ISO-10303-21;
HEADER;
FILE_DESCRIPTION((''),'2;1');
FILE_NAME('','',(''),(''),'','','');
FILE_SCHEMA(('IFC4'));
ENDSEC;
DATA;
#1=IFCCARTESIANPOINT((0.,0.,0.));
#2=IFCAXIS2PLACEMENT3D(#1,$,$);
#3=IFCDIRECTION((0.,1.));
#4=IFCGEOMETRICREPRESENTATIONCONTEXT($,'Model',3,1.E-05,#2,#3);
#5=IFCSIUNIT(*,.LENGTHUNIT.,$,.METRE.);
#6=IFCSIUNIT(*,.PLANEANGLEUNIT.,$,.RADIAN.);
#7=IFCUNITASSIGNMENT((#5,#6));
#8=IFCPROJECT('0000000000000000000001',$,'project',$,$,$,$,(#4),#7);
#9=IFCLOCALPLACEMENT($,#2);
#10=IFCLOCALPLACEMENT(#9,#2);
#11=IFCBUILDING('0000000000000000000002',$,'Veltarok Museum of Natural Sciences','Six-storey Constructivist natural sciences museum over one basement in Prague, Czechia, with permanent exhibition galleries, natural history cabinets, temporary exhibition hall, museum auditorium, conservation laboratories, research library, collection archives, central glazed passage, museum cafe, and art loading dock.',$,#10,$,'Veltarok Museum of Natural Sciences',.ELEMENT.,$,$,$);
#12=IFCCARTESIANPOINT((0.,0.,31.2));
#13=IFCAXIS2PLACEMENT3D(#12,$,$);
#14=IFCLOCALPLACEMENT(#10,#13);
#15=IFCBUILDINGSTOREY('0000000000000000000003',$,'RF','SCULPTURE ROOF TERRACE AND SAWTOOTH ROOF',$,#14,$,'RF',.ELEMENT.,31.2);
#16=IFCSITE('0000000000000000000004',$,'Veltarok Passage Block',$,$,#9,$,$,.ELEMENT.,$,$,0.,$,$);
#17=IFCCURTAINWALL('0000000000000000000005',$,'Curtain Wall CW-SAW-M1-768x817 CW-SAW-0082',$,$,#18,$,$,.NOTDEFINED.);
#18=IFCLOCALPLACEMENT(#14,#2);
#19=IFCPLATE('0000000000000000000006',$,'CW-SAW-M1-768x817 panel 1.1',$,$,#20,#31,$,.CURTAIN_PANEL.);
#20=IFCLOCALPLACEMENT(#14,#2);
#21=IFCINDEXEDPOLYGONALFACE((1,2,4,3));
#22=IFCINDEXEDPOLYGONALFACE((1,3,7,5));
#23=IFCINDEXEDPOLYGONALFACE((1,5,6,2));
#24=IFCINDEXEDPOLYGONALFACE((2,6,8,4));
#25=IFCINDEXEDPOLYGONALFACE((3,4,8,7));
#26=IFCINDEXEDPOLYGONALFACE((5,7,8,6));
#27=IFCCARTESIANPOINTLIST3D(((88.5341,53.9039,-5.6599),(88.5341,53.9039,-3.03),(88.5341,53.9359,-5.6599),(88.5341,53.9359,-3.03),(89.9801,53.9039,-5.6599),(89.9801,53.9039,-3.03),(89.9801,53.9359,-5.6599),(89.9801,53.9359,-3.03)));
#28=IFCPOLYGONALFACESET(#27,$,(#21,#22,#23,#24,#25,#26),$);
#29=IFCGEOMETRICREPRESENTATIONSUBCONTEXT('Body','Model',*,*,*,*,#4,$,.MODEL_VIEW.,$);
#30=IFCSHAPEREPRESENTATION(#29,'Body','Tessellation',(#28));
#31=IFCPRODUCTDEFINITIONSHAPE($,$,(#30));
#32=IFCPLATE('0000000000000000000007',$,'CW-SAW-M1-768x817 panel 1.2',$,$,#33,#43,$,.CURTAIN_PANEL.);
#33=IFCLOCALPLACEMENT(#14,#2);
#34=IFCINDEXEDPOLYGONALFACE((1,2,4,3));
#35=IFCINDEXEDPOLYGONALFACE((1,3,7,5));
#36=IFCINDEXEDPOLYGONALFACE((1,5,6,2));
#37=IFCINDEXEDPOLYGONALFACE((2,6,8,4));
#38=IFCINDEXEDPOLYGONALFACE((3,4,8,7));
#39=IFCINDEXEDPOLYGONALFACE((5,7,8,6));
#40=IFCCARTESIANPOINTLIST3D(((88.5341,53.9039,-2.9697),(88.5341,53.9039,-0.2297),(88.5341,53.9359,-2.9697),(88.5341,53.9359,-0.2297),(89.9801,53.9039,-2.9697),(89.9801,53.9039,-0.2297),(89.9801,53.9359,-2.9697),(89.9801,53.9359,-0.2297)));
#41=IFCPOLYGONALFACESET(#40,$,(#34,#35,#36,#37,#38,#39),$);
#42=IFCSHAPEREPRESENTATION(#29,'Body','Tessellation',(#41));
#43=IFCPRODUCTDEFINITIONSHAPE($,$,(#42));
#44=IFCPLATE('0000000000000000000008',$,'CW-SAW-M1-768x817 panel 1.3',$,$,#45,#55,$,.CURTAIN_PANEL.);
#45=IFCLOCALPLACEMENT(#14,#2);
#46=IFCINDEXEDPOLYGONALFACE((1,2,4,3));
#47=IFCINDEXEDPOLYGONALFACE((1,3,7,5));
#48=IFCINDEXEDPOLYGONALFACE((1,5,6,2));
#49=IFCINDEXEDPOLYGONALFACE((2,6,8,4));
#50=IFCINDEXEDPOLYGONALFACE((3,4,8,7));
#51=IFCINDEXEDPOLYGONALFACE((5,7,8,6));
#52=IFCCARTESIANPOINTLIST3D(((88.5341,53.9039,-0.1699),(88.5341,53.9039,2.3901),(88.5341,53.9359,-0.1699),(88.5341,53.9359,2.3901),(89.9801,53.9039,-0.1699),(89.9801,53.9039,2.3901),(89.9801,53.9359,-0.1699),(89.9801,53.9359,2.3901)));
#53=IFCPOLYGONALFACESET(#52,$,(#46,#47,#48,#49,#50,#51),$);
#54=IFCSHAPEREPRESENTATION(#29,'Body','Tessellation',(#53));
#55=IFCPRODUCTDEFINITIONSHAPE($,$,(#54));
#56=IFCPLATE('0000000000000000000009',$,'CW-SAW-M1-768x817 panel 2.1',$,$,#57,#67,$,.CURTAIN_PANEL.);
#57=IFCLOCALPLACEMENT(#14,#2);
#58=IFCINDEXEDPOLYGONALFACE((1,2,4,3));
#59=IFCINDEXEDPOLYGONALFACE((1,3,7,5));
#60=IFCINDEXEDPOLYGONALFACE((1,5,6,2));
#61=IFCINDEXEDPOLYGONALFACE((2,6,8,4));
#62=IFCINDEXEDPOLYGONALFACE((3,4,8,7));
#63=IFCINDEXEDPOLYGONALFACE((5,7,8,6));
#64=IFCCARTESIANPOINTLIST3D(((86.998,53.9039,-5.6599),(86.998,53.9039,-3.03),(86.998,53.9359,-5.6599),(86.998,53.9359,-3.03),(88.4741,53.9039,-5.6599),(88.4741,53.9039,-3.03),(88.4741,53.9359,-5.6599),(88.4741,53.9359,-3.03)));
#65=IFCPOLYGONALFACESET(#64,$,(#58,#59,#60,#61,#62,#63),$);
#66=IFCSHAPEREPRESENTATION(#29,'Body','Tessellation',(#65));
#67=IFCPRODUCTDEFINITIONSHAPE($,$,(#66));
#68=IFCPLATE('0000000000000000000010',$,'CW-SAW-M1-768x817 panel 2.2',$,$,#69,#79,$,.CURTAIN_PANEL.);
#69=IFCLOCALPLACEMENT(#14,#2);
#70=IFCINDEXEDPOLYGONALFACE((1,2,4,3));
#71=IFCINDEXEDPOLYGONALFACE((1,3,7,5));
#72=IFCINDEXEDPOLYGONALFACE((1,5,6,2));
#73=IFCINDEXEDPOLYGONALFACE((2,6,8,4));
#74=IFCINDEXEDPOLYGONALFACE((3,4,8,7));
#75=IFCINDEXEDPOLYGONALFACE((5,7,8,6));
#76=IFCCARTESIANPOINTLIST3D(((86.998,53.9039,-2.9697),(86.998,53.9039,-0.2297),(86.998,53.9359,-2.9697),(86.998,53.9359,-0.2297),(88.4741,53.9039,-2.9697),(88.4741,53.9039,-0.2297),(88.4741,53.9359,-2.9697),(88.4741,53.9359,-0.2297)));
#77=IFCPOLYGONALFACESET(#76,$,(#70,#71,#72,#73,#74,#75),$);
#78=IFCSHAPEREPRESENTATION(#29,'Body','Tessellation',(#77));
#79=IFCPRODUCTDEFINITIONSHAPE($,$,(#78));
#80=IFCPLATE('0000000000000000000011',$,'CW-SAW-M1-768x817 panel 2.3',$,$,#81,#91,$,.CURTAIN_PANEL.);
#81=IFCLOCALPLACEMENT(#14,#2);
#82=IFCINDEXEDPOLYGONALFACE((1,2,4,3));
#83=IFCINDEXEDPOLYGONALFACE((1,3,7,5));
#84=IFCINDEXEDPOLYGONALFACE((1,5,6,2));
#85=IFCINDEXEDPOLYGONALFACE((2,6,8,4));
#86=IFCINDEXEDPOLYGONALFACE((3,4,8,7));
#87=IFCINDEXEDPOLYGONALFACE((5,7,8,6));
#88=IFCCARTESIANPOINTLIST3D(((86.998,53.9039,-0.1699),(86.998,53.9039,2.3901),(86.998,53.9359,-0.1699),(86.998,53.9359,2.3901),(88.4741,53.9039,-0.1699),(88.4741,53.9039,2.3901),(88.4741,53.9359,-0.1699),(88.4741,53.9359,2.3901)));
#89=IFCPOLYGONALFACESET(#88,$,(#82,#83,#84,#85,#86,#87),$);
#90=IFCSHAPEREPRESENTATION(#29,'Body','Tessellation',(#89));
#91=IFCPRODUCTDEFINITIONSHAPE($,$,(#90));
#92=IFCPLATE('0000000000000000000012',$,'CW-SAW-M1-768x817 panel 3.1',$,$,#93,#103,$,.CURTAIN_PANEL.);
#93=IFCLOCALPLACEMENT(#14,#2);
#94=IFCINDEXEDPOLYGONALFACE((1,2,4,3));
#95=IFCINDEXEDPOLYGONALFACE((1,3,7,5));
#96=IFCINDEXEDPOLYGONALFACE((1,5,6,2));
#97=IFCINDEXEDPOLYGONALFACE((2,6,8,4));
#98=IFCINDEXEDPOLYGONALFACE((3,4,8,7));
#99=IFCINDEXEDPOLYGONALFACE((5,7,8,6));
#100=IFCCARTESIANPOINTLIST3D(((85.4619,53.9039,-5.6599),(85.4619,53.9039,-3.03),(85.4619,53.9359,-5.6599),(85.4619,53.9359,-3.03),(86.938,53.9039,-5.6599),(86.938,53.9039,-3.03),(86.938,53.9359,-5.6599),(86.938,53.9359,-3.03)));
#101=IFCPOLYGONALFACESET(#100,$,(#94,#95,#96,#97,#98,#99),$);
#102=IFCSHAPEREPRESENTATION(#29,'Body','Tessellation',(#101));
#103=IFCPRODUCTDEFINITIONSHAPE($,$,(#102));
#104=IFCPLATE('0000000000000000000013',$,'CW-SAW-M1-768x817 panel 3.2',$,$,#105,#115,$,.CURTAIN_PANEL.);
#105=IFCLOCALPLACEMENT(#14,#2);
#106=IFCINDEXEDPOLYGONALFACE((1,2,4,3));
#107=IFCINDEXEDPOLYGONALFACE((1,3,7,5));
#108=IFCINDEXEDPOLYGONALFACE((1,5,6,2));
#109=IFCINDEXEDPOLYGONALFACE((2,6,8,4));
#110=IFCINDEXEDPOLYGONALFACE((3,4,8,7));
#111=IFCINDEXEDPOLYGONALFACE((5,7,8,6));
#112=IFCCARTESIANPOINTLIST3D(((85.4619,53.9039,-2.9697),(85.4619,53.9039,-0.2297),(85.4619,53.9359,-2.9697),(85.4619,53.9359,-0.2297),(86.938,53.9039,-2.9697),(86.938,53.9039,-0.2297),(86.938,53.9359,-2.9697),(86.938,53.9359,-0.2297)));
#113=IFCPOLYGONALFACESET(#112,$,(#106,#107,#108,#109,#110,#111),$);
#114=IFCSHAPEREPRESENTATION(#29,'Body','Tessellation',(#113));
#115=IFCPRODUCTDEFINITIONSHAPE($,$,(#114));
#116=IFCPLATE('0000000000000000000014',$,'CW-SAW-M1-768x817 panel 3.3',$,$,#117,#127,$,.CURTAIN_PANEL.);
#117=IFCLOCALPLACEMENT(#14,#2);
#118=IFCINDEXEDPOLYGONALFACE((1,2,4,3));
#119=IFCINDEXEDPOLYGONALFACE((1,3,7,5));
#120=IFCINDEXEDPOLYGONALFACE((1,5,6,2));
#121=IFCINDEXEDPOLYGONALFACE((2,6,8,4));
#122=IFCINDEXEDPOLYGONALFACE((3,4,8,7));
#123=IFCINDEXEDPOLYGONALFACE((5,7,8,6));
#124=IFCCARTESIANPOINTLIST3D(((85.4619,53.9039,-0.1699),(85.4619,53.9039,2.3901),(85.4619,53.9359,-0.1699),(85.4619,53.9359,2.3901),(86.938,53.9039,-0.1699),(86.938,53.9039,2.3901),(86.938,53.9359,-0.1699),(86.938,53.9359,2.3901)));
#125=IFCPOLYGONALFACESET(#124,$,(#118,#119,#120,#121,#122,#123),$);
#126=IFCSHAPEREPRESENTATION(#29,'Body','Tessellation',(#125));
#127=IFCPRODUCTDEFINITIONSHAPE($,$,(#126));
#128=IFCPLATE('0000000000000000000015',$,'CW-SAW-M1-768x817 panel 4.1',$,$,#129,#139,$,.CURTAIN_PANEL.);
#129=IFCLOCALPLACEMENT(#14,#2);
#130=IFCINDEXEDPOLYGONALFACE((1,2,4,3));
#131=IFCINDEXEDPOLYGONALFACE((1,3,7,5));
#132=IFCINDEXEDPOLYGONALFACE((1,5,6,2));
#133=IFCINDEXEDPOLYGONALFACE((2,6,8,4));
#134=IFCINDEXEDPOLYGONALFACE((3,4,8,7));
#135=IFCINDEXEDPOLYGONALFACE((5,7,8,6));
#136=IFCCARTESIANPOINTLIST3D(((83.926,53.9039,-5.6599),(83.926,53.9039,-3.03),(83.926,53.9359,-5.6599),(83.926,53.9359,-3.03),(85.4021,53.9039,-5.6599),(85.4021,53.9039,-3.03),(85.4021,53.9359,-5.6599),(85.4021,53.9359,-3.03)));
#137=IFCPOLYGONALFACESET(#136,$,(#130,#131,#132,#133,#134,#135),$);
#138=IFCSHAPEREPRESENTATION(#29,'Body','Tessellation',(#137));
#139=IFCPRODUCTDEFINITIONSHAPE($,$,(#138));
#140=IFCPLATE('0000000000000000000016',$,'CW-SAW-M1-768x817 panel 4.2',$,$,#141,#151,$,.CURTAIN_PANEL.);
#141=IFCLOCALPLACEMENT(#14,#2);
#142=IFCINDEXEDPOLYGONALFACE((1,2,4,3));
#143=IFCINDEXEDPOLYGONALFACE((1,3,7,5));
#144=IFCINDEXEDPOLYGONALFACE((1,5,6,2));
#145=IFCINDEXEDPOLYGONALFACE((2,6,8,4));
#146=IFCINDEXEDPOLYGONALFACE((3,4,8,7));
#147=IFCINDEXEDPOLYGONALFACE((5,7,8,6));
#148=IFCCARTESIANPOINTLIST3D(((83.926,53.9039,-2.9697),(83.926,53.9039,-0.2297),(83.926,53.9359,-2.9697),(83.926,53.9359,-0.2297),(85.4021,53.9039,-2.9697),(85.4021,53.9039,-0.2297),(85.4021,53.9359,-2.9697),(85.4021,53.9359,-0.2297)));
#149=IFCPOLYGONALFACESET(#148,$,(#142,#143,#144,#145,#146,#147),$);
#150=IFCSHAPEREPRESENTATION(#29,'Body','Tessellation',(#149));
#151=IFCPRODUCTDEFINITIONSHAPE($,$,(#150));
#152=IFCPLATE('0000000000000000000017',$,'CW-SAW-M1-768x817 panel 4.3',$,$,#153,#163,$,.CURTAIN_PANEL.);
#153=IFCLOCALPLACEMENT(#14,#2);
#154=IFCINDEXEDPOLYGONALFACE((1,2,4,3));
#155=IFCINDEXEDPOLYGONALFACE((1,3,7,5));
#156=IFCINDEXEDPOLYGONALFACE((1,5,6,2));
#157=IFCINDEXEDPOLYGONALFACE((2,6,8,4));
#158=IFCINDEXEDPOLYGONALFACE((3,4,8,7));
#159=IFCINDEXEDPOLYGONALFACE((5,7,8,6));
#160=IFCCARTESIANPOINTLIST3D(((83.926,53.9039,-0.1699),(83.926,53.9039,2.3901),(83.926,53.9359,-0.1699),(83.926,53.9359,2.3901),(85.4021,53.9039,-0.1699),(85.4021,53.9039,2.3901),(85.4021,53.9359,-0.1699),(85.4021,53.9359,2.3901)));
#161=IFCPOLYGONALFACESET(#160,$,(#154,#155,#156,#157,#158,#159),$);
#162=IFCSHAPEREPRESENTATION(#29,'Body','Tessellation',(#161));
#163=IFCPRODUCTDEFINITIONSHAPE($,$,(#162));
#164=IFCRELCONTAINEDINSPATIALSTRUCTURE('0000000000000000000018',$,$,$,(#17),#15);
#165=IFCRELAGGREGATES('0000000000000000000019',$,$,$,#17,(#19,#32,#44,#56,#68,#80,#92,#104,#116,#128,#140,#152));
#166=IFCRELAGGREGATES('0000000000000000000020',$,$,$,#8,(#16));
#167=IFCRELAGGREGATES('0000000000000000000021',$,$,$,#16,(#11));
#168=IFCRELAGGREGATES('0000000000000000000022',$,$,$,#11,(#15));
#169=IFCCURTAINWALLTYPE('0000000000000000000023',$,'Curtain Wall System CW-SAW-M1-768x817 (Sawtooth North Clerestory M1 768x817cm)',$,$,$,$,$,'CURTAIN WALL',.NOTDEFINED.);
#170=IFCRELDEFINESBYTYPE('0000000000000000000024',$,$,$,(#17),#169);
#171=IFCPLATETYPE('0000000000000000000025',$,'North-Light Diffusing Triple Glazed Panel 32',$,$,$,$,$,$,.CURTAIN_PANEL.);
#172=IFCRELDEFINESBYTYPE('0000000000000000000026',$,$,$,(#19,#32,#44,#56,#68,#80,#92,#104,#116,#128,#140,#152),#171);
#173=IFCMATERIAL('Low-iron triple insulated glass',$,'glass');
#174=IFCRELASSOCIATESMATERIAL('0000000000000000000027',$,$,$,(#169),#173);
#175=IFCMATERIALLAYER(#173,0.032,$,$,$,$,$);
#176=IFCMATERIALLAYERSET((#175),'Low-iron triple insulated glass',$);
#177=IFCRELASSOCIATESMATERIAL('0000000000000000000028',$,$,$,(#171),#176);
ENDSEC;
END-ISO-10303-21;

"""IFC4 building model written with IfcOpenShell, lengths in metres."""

from ifc_helpers import new_model, si_unit, direction, frame, origin, origin_2d, place, context, subcontext, project, spatial, rectangle, extrude, material, layer, layer_set, type_object, element, aggregate, save


model = new_model("IFC4")

# Units and contexts
model_context = context("Model", 3, precision=1e-05, world=origin(), true_north=direction((0.0, 1.0)))
body_context = subcontext(model_context, "Body", "Model", "MODEL_VIEW")
ifc_project = project(units=[si_unit("LENGTHUNIT", "METRE"), si_unit("PLANEANGLEUNIT", "RADIAN")], contexts=[model_context])

# Site, building, storey
site_placement = place(None, origin())
site = spatial("IfcSite", under=ifc_project, at=site_placement, Name="Veltarok Passage Block", CompositionType="ELEMENT", RefElevation=0.0)
building_placement = place(site_placement, origin())
building = spatial("IfcBuilding", under=site, at=building_placement, Name="Veltarok Museum of Natural Sciences", Description="Six-storey Constructivist natural sciences museum over one basement in Prague, Czechia, with permanent exhibition galleries, natural history cabinets, temporary exhibition hall, museum auditorium, conservation laboratories, research library, collection archives, central glazed passage, museum cafe, and art loading dock.", LongName="Veltarok Museum of Natural Sciences", CompositionType="ELEMENT")
storey_placement = place(building_placement, frame((0.0, 0.0, 31.2)))
storey = spatial("IfcBuildingStorey", under=building, at=storey_placement, Name="RF", Description="SCULPTURE ROOF TERRACE AND SAWTOOTH ROOF", LongName="RF", CompositionType="ELEMENT", Elevation=31.2)

# Curtain wall, plates
ifc_material_1 = material(Name="Low-iron triple insulated glass", Category="glass")
curtain_wall_type = type_object("IfcCurtainWallType", Name="Curtain Wall System CW-SAW-M1-768x817 (Sawtooth North Clerestory M1 768x817cm)", ElementType="CURTAIN WALL", PredefinedType="NOTDEFINED", material=ifc_material_1)
curtain_wall_placement = place(storey_placement, origin())
curtain_wall = element("IfcCurtainWall", 1, at=curtain_wall_placement, inside=storey, type_object=curtain_wall_type, Name="Curtain Wall CW-SAW-M1-768x817 CW-SAW-0082", PredefinedType="NOTDEFINED")
ifc_layer = layer(ifc_material_1, 0.032)
ifc_layer_set = layer_set([ifc_layer], Name="Low-iron triple insulated glass")
plate_type = type_object("IfcPlateType", Name="North-Light Diffusing Triple Glazed Panel 32", PredefinedType="CURTAIN_PANEL", material=ifc_layer_set)
plate_1_placement = place(storey_placement, frame((89.2571, 53.9199, -5.6599), z_axis=(0.0, 0.0, 1.0), x_axis=(-1.0, 0.0, 0.0)))
plate_1 = element("IfcPlate", 2, at=plate_1_placement, type_object=plate_type, Name="CW-SAW-M1-768x817 panel 1.1", PredefinedType="CURTAIN_PANEL", context=body_context, shape_type="SweptSolid", body=[
    extrude(rectangle(XDim=1.446, YDim=0.032, at=origin_2d()), origin(), (0.0, 0.0, 1.0), 2.6299),
])
plate_2_placement = place(storey_placement, frame((89.2571, 53.9199, -2.9697), z_axis=(0.0, 0.0, 1.0), x_axis=(-1.0, 0.0, 0.0)))
plate_2 = element("IfcPlate", 3, at=plate_2_placement, type_object=plate_type, Name="CW-SAW-M1-768x817 panel 1.2", PredefinedType="CURTAIN_PANEL", context=body_context, shape_type="SweptSolid", body=[
    extrude(rectangle(XDim=1.446, YDim=0.032, at=origin_2d()), origin(), (0.0, 0.0, 1.0), 2.74),
])
plate_3_placement = place(storey_placement, frame((89.2571, 53.9199, -0.1699), z_axis=(0.0, 0.0, 1.0), x_axis=(-1.0, 0.0, 0.0)))
plate_3 = element("IfcPlate", 4, at=plate_3_placement, type_object=plate_type, Name="CW-SAW-M1-768x817 panel 1.3", PredefinedType="CURTAIN_PANEL", context=body_context, shape_type="SweptSolid", body=[
    extrude(rectangle(XDim=1.446, YDim=0.032, at=origin_2d()), origin(), (0.0, 0.0, 1.0), 2.5601),
])
plate_4_placement = place(storey_placement, frame((87.7361, 53.9199, -5.6599), z_axis=(0.0, 0.0, 1.0), x_axis=(-1.0, 0.0, 0.0)))
plate_4 = element("IfcPlate", 5, at=plate_4_placement, type_object=plate_type, Name="CW-SAW-M1-768x817 panel 2.1", PredefinedType="CURTAIN_PANEL", context=body_context, shape_type="SweptSolid", body=[
    extrude(rectangle(XDim=1.4761, YDim=0.032, at=origin_2d()), origin(), (0.0, 0.0, 1.0), 2.6299),
])
plate_5_placement = place(storey_placement, frame((87.7361, 53.9199, -2.9697), z_axis=(0.0, 0.0, 1.0), x_axis=(-1.0, 0.0, 0.0)))
plate_5 = element("IfcPlate", 6, at=plate_5_placement, type_object=plate_type, Name="CW-SAW-M1-768x817 panel 2.2", PredefinedType="CURTAIN_PANEL", context=body_context, shape_type="SweptSolid", body=[
    extrude(rectangle(XDim=1.4761, YDim=0.032, at=origin_2d()), origin(), (0.0, 0.0, 1.0), 2.74),
])
plate_6_placement = place(storey_placement, frame((87.7361, 53.9199, -0.1699), z_axis=(0.0, 0.0, 1.0), x_axis=(-1.0, 0.0, 0.0)))
plate_6 = element("IfcPlate", 7, at=plate_6_placement, type_object=plate_type, Name="CW-SAW-M1-768x817 panel 2.3", PredefinedType="CURTAIN_PANEL", context=body_context, shape_type="SweptSolid", body=[
    extrude(rectangle(XDim=1.4761, YDim=0.032, at=origin_2d()), origin(), (0.0, 0.0, 1.0), 2.5601),
])
plate_7_placement = place(storey_placement, frame((86.2, 53.9199, -5.6599), z_axis=(0.0, 0.0, 1.0), x_axis=(-1.0, 0.0, 0.0)))
plate_7 = element("IfcPlate", 8, at=plate_7_placement, type_object=plate_type, Name="CW-SAW-M1-768x817 panel 3.1", PredefinedType="CURTAIN_PANEL", context=body_context, shape_type="SweptSolid", body=[
    extrude(rectangle(XDim=1.4761, YDim=0.032, at=origin_2d()), origin(), (0.0, 0.0, 1.0), 2.6299),
])
plate_8_placement = place(storey_placement, frame((86.2, 53.9199, -2.9697), z_axis=(0.0, 0.0, 1.0), x_axis=(-1.0, 0.0, 0.0)))
plate_8 = element("IfcPlate", 9, at=plate_8_placement, type_object=plate_type, Name="CW-SAW-M1-768x817 panel 3.2", PredefinedType="CURTAIN_PANEL", context=body_context, shape_type="SweptSolid", body=[
    extrude(rectangle(XDim=1.4761, YDim=0.032, at=origin_2d()), origin(), (0.0, 0.0, 1.0), 2.74),
])
plate_9_placement = place(storey_placement, frame((86.2, 53.9199, -0.1699), z_axis=(0.0, 0.0, 1.0), x_axis=(-1.0, 0.0, 0.0)))
plate_9 = element("IfcPlate", 10, at=plate_9_placement, type_object=plate_type, Name="CW-SAW-M1-768x817 panel 3.3", PredefinedType="CURTAIN_PANEL", context=body_context, shape_type="SweptSolid", body=[
    extrude(rectangle(XDim=1.4761, YDim=0.032, at=origin_2d()), origin(), (0.0, 0.0, 1.0), 2.5601),
])
plate_10_placement = place(storey_placement, frame((84.6641, 53.9199, -5.6599), z_axis=(0.0, 0.0, 1.0), x_axis=(-1.0, 0.0, 0.0)))
plate_10 = element("IfcPlate", 11, at=plate_10_placement, type_object=plate_type, Name="CW-SAW-M1-768x817 panel 4.1", PredefinedType="CURTAIN_PANEL", context=body_context, shape_type="SweptSolid", body=[
    extrude(rectangle(XDim=1.4761, YDim=0.032, at=origin_2d()), origin(), (0.0, 0.0, 1.0), 2.6299),
])
plate_11_placement = place(storey_placement, frame((84.6641, 53.9199, -2.9697), z_axis=(0.0, 0.0, 1.0), x_axis=(-1.0, 0.0, 0.0)))
plate_11 = element("IfcPlate", 12, at=plate_11_placement, type_object=plate_type, Name="CW-SAW-M1-768x817 panel 4.2", PredefinedType="CURTAIN_PANEL", context=body_context, shape_type="SweptSolid", body=[
    extrude(rectangle(XDim=1.4761, YDim=0.032, at=origin_2d()), origin(), (0.0, 0.0, 1.0), 2.74),
])
plate_12_placement = place(storey_placement, frame((84.6641, 53.9199, -0.1699), z_axis=(0.0, 0.0, 1.0), x_axis=(-1.0, 0.0, 0.0)))
plate_12 = element("IfcPlate", 13, at=plate_12_placement, type_object=plate_type, Name="CW-SAW-M1-768x817 panel 4.3", PredefinedType="CURTAIN_PANEL", context=body_context, shape_type="SweptSolid", body=[
    extrude(rectangle(XDim=1.4761, YDim=0.032, at=origin_2d()), origin(), (0.0, 0.0, 1.0), 2.5601),
])
aggregate(curtain_wall, [plate_1, plate_2, plate_3, plate_4, plate_5, plate_6, plate_7, plate_8, plate_9, plate_10, plate_11, plate_12])

save(model, "model.ifc")
